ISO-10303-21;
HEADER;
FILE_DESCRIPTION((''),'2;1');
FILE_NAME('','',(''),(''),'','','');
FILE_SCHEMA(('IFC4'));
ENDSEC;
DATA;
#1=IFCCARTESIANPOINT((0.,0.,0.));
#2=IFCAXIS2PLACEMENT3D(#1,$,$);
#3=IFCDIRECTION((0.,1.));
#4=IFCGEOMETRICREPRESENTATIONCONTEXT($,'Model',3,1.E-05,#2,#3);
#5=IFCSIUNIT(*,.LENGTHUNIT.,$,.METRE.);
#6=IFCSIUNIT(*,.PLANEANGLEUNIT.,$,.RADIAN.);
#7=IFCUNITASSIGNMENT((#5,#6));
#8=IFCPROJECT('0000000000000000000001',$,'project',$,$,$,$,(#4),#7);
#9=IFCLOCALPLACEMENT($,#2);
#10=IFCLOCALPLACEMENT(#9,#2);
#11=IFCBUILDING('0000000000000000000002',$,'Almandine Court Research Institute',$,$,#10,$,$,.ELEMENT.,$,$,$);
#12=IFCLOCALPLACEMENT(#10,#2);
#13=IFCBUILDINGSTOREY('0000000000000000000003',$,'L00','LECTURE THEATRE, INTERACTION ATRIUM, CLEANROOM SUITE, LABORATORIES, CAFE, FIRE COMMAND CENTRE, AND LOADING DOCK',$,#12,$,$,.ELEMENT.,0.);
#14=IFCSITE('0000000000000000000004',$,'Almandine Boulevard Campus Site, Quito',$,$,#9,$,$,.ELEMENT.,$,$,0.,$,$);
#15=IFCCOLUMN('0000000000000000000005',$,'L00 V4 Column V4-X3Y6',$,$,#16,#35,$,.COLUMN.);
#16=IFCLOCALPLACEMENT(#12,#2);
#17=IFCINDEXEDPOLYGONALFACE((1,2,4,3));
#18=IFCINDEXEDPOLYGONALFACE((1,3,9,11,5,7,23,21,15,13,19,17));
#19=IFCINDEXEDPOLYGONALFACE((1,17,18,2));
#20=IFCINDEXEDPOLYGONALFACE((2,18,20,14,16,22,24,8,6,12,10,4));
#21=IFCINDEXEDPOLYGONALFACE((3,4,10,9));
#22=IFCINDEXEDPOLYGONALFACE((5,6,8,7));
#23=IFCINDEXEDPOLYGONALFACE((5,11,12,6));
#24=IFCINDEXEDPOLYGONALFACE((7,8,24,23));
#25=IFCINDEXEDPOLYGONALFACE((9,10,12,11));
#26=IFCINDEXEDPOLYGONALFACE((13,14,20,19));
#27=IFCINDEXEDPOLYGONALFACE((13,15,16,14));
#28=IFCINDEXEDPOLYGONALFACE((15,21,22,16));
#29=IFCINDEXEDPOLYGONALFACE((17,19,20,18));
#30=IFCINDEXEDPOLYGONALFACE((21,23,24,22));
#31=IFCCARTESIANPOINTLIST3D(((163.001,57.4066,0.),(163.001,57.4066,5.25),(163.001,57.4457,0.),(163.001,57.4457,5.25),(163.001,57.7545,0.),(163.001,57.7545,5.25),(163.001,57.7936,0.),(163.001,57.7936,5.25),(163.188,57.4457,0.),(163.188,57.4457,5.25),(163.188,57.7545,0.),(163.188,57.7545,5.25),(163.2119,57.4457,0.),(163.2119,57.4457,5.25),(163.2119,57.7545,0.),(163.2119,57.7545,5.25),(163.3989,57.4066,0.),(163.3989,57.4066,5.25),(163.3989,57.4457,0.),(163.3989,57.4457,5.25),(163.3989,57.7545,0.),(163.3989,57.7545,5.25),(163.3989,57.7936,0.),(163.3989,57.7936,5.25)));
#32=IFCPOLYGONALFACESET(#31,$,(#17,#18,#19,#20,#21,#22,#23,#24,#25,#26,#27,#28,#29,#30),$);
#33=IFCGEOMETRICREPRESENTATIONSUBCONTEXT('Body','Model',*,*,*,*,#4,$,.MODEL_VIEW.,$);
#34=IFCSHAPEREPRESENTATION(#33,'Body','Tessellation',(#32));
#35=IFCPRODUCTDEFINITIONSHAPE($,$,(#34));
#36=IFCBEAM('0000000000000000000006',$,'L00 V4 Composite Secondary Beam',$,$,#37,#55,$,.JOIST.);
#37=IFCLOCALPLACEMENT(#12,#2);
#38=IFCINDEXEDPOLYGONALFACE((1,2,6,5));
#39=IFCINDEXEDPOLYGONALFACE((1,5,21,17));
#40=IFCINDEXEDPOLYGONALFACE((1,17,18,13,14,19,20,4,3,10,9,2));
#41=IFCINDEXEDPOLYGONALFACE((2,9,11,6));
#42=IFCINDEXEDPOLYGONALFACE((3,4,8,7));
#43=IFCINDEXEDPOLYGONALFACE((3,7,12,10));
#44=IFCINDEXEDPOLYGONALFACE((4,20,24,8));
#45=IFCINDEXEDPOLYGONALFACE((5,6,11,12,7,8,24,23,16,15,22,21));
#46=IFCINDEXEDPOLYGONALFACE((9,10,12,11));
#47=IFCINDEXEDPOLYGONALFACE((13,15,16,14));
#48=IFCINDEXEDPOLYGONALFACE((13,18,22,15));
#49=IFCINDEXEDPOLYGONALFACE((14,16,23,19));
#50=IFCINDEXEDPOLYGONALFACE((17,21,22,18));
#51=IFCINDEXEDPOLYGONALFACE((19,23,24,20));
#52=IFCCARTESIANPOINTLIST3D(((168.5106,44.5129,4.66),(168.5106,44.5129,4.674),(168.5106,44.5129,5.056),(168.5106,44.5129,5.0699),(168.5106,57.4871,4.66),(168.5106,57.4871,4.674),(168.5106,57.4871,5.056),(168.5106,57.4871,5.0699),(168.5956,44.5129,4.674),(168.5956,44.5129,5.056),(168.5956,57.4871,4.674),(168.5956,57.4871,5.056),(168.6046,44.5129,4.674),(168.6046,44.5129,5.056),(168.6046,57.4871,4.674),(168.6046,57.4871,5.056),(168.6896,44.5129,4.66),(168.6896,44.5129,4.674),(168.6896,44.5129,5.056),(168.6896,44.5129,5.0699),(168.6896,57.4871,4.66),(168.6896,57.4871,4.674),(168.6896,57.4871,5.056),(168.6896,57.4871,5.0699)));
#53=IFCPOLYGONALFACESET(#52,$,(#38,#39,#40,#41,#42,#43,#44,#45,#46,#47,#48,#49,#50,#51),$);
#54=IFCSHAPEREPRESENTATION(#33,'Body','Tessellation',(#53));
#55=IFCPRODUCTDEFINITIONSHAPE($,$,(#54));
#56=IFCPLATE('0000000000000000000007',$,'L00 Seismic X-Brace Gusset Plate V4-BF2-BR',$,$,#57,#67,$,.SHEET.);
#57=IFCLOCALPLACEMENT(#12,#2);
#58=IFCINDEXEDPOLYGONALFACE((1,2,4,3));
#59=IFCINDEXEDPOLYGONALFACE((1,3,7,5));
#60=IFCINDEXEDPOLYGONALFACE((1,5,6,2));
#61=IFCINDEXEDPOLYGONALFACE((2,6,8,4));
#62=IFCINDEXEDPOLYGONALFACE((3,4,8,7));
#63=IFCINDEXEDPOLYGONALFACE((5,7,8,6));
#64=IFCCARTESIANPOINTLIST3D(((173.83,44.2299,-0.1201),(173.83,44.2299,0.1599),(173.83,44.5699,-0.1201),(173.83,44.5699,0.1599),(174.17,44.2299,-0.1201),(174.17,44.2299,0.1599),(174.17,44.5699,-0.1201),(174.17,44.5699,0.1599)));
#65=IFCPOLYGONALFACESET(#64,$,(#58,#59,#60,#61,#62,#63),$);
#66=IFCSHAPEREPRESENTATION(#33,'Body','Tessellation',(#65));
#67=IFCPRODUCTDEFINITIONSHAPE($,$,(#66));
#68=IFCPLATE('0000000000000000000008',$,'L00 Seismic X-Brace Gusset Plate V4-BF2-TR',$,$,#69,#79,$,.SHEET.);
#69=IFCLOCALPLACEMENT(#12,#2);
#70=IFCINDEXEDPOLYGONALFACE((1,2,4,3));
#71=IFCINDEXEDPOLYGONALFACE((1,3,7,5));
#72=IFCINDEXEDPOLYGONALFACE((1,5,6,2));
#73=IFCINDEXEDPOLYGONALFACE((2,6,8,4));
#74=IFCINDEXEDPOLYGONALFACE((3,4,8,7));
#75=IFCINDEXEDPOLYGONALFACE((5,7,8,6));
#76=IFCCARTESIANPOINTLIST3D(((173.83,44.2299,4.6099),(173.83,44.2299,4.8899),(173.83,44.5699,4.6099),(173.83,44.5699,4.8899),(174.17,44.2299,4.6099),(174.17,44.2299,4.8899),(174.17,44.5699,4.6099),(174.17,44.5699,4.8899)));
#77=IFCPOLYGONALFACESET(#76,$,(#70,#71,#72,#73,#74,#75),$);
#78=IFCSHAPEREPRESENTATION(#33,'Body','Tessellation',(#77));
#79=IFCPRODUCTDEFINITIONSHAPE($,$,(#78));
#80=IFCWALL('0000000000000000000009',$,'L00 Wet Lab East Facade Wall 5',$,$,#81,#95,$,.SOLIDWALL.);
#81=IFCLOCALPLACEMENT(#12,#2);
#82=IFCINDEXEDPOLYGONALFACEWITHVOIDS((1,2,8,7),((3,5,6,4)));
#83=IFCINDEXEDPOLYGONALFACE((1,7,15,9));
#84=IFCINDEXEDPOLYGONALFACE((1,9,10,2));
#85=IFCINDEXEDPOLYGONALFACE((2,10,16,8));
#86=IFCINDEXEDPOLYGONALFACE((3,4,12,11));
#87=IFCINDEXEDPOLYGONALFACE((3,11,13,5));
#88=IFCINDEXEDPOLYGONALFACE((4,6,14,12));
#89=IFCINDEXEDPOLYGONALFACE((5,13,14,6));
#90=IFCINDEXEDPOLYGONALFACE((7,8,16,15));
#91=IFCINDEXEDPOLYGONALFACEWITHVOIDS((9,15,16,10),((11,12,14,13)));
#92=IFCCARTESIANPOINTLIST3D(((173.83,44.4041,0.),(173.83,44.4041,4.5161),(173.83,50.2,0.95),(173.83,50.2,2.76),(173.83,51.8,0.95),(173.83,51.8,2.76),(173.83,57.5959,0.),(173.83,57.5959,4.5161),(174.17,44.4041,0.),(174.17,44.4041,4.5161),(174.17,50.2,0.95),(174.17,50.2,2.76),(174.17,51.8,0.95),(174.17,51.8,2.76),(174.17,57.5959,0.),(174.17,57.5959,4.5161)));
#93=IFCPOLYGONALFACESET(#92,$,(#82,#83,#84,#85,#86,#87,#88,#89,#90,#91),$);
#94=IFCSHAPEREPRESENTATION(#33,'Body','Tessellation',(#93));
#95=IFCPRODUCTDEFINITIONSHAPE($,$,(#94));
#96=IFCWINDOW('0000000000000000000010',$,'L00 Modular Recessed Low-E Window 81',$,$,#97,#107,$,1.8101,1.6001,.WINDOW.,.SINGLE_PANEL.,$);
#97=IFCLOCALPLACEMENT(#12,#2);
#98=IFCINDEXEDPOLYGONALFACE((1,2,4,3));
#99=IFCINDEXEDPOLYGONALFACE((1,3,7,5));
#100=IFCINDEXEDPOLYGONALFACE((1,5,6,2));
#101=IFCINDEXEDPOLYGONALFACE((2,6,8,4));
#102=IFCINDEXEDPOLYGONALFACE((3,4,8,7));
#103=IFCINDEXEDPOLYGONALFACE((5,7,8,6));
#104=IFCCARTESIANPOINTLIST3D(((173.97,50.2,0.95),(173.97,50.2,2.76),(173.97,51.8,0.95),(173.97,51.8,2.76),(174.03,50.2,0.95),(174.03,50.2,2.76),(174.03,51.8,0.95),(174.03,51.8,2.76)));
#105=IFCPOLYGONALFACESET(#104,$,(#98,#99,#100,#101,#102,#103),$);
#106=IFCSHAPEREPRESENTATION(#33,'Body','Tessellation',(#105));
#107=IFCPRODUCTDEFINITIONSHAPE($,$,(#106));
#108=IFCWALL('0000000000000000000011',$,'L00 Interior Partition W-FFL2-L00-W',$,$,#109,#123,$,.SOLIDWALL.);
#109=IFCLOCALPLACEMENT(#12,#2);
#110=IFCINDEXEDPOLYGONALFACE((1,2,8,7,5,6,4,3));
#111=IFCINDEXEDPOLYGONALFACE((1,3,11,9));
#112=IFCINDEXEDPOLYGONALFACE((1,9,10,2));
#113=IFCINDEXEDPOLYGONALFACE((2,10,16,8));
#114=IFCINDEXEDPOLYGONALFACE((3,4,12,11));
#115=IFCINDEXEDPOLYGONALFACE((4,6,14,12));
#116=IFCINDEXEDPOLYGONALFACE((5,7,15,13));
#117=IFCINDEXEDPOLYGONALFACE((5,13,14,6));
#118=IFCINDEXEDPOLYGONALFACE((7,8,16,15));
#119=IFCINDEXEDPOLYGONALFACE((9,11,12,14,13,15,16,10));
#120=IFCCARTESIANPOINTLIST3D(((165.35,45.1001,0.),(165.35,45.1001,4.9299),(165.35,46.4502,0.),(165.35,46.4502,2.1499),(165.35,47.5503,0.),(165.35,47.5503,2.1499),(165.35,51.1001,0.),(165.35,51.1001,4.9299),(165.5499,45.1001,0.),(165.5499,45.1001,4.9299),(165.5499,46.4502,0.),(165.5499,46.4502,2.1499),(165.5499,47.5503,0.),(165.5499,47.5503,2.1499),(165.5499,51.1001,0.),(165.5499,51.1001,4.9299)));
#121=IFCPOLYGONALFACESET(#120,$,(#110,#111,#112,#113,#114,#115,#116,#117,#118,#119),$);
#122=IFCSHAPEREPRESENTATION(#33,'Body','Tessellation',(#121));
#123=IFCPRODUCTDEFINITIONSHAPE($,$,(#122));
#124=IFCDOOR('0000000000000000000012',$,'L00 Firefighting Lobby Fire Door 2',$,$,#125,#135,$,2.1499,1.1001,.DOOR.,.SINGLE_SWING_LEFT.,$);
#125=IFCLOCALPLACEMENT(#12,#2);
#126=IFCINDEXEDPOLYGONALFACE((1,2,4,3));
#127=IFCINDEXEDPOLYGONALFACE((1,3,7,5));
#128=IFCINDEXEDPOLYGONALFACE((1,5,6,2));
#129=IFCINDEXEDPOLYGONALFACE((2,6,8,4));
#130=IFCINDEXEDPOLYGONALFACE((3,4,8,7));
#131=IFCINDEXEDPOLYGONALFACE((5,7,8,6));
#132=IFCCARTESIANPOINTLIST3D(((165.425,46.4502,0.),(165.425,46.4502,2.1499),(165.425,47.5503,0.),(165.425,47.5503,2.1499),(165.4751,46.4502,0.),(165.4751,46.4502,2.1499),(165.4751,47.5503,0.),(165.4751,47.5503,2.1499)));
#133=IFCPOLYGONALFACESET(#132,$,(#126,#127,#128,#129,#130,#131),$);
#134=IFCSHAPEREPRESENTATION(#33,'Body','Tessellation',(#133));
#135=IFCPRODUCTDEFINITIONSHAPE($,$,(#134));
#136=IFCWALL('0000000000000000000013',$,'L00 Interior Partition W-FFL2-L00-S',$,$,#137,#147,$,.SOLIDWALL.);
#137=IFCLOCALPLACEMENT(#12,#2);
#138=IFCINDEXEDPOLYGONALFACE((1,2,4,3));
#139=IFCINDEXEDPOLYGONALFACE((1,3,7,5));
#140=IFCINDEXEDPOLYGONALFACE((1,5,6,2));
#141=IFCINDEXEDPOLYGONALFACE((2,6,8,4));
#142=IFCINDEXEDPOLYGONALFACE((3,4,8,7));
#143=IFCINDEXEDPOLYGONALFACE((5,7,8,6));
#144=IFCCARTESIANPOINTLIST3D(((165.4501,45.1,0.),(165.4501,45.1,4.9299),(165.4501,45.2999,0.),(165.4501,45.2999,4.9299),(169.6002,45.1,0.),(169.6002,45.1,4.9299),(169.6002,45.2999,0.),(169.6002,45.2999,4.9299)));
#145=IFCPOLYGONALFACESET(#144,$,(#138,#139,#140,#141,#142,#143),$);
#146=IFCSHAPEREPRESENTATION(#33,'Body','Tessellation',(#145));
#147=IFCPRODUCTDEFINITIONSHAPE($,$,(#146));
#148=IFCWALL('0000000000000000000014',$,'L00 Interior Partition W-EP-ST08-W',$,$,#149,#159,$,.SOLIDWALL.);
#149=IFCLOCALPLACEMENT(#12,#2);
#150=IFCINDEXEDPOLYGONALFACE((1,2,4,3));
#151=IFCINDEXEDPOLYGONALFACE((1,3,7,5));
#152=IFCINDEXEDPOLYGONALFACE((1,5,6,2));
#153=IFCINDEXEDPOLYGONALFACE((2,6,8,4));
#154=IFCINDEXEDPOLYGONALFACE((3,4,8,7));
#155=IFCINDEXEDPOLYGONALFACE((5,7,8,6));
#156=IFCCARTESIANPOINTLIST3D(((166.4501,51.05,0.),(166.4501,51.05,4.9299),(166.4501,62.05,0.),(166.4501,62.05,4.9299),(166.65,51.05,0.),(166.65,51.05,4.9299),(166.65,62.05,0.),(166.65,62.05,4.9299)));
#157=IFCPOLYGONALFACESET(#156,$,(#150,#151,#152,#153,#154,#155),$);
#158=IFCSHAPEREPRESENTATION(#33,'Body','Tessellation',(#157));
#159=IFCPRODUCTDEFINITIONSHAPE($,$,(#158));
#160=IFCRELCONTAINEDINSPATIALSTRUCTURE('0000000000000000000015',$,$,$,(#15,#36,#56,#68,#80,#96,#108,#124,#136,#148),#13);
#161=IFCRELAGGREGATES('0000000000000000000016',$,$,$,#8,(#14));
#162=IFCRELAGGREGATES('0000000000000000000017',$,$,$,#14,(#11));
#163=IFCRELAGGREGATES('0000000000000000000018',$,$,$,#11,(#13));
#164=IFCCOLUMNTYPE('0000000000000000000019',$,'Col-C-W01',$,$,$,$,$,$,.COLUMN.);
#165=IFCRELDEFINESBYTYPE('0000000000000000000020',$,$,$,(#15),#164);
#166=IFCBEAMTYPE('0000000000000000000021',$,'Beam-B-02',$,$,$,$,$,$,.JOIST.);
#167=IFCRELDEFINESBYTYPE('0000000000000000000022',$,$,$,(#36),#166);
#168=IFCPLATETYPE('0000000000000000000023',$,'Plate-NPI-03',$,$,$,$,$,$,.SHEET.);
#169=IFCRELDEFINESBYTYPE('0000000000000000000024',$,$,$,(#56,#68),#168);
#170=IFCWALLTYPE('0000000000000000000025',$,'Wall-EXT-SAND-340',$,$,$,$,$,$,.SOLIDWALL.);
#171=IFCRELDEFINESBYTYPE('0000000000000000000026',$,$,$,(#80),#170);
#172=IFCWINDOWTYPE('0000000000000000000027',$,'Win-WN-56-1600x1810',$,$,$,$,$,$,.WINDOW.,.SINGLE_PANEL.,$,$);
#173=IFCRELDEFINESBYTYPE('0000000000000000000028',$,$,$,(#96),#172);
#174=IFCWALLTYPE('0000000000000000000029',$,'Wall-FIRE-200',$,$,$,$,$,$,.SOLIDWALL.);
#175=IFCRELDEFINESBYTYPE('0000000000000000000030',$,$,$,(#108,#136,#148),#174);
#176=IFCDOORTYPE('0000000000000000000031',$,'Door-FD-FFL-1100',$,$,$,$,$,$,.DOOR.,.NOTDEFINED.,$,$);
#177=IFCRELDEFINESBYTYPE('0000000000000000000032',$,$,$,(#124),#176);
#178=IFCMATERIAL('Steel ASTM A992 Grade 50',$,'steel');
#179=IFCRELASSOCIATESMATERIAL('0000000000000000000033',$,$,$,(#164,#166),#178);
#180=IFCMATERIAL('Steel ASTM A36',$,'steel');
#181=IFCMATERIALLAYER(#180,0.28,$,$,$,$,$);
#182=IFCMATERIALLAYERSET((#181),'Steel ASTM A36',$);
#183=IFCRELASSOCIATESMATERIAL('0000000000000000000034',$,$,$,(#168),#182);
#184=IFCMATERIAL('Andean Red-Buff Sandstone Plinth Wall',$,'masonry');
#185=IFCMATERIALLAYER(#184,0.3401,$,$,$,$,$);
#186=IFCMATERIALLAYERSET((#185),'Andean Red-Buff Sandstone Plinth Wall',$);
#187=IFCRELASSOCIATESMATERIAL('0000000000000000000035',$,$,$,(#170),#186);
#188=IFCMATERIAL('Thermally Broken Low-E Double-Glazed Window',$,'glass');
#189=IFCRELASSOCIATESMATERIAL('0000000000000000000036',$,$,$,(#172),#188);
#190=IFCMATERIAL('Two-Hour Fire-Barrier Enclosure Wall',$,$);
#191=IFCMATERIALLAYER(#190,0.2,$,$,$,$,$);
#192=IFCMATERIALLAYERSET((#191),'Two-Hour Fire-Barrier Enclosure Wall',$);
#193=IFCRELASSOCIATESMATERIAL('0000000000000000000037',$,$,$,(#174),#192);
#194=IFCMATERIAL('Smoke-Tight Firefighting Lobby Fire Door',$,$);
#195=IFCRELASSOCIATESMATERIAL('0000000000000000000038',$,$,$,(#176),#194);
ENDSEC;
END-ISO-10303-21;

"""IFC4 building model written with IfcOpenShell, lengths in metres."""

from ifc_helpers import new_model, si_unit, direction, frame, frame_2d, origin, origin_2d, place, context, subcontext, project, spatial, rectangle, i_section, extrude, material, layer, layer_set, material_profile, profile_set, type_object, element, fill, save


model = new_model("IFC4")

# Units and contexts
model_context = context("Model", 3, precision=1e-05, world=origin(), true_north=direction((0.0, 1.0)))
body_context = subcontext(model_context, "Body", "Model", "MODEL_VIEW")
ifc_project = project(units=[si_unit("LENGTHUNIT", "METRE"), si_unit("PLANEANGLEUNIT", "RADIAN")], contexts=[model_context])

# Site, building, storey
site_placement = place(None, origin())
site = spatial("IfcSite", under=ifc_project, at=site_placement, Name="Almandine Boulevard Campus Site, Quito", CompositionType="ELEMENT", RefElevation=0.0)
building_placement = place(site_placement, origin())
building = spatial("IfcBuilding", under=site, at=building_placement, Name="Almandine Court Research Institute", CompositionType="ELEMENT")
storey_placement = place(building_placement, origin())
storey = spatial("IfcBuildingStorey", under=building, at=storey_placement, Name="L00", Description="LECTURE THEATRE, INTERACTION ATRIUM, CLEANROOM SUITE, LABORATORIES, CAFE, FIRE COMMAND CENTRE, AND LOADING DOCK", CompositionType="ELEMENT", Elevation=0.0)

# Column
ifc_material_1 = material(Name="Steel ASTM A992 Grade 50", Category="steel")
ifc_material_profile_1 = material_profile(ifc_material_1, i_section(OverallWidth=0.3979, OverallDepth=0.387, WebThickness=0.0239, FlangeThickness=0.0391, at=origin_2d()), Name="W360x262")
ifc_profile_set_1 = profile_set([ifc_material_profile_1], Name="Steel ASTM A992 Grade 50")
column_type = type_object("IfcColumnType", Name="Col-C-W01", PredefinedType="COLUMN", material=ifc_profile_set_1)
column_placement = place(storey_placement, frame((163.2, 57.6001, 0.0), z_axis=(0.0, 0.0, 1.0), x_axis=(1.0, 0.0, 0.0)))
element("IfcColumn", 1, at=column_placement, inside=storey, type_object=column_type, Name="L00 V4 Column V4-X3Y6", PredefinedType="COLUMN", context=body_context, shape_type="SweptSolid", body=[
    extrude(i_section(OverallWidth=0.3979, OverallDepth=0.387, WebThickness=0.0239, FlangeThickness=0.0391, at=origin_2d()), origin(), (0.0, 0.0, 1.0), 5.25),
])

# Beam
ifc_material_profile_2 = material_profile(ifc_material_1, i_section(OverallWidth=0.179, OverallDepth=0.4099, WebThickness=0.009, FlangeThickness=0.0139, at=origin_2d()), Name="W410x67")
ifc_profile_set_2 = profile_set([ifc_material_profile_2], Name="Steel ASTM A992 Grade 50")
beam_type = type_object("IfcBeamType", Name="Beam-B-02", PredefinedType="JOIST", material=ifc_profile_set_2)
beam_placement = place(storey_placement, frame((168.6001, 44.5129, 4.865), z_axis=(0.0, 1.0, 0.0), x_axis=(-1.0, 0.0, 0.0)))
element("IfcBeam", 2, at=beam_placement, inside=storey, type_object=beam_type, Name="L00 V4 Composite Secondary Beam", PredefinedType="JOIST", context=body_context, shape_type="SweptSolid", body=[
    extrude(i_section(OverallWidth=0.179, OverallDepth=0.4099, WebThickness=0.009, FlangeThickness=0.0139, at=origin_2d()), origin(), (0.0, 0.0, 1.0), 12.9741),
])

# Plates
ifc_material_2 = material(Name="Steel ASTM A36", Category="steel")
ifc_layer_1 = layer(ifc_material_2, 0.28)
ifc_layer_set_1 = layer_set([ifc_layer_1], Name="Steel ASTM A36")
plate_type = type_object("IfcPlateType", Name="Plate-NPI-03", PredefinedType="SHEET", material=ifc_layer_set_1)
for number, where, z_axis, x_axis, name in (
    (3, (174.0, 44.3999, -0.1201), (0.0, 0.0, 1.0), (1.0, 0.0, 0.0), "L00 Seismic X-Brace Gusset Plate V4-BF2-BR"),
    (4, (174.0, 44.3999, 4.6099), (0.0, 0.0, 1.0), (1.0, 0.0, 0.0), "L00 Seismic X-Brace Gusset Plate V4-BF2-TR"),
):
    element("IfcPlate", number, at=place(storey_placement, frame(where, z_axis=z_axis, x_axis=x_axis)), inside=storey, type_object=plate_type, Name=name, PredefinedType="SHEET", context=body_context, shape_type="SweptSolid", body=[
        extrude(rectangle(XDim=0.3401, YDim=0.3401, at=origin_2d()), origin(), (0.0, 0.0, 1.0), 0.28),
    ])

# Wall, opening, window
ifc_material_3 = material(Name="Andean Red-Buff Sandstone Plinth Wall", Category="masonry")
ifc_layer_2 = layer(ifc_material_3, 0.3401)
ifc_layer_set_2 = layer_set([ifc_layer_2], Name="Andean Red-Buff Sandstone Plinth Wall")
wall_type_1 = type_object("IfcWallType", Name="Wall-EXT-SAND-340", PredefinedType="SOLIDWALL", material=ifc_layer_set_2)
wall_1_placement = place(storey_placement, frame((174.0, 57.5959, 0.0), z_axis=(0.0, 0.0, 1.0), x_axis=(0.0, -1.0, 0.0)))
wall_1 = element("IfcWall", 5, at=wall_1_placement, inside=storey, type_object=wall_type_1, Name="L00 Wet Lab East Facade Wall 5", PredefinedType="SOLIDWALL", context=body_context, shape_type="SweptSolid", body=[
    extrude(rectangle(XDim=13.1919, YDim=0.3401, at=frame_2d((6.5959, 0.0))), origin(), (0.0, 0.0, 1.0), 4.5161),
])
opening_1_placement = place(wall_1_placement, frame((5.7959, 0.0, 0.95)))
opening_1 = element("IfcOpeningElement", 6, at=opening_1_placement, cuts=wall_1, PredefinedType="OPENING", context=body_context, shape_type="SweptSolid", body=[
    extrude(rectangle(XDim=1.6001, YDim=1.8101, at=frame_2d((0.8, 0.905))), frame((0.0, 0.1799, 0.0), z_axis=(0.0, -1.0, 0.0), x_axis=(1.0, 0.0, 0.0)), (0.0, 0.0, 1.0), 0.3601),
])
ifc_material_4 = material(Name="Thermally Broken Low-E Double-Glazed Window", Category="glass")
window_type = type_object("IfcWindowType", Name="Win-WN-56-1600x1810", PartitioningType="SINGLE_PANEL", PredefinedType="WINDOW", material=ifc_material_4)
window_placement = place(opening_1_placement, origin())
window = element("IfcWindow", 7, at=window_placement, inside=storey, type_object=window_type, Name="L00 Modular Recessed Low-E Window 81", OverallHeight=1.8101, OverallWidth=1.6001, PartitioningType="SINGLE_PANEL", PredefinedType="WINDOW", context=body_context, shape_type="SweptSolid", body=[
    extrude(rectangle(XDim=1.6001, YDim=1.8101, at=frame_2d((0.8, 0.905))), frame((0.0, 0.03, 0.0), z_axis=(0.0, -1.0, 0.0), x_axis=(1.0, 0.0, 0.0)), (0.0, 0.0, 1.0), 0.0601),
])
fill(opening_1, window)

# Wall, opening, door
ifc_material_5 = material(Name="Two-Hour Fire-Barrier Enclosure Wall")
ifc_layer_3 = layer(ifc_material_5, 0.2)
ifc_layer_set_3 = layer_set([ifc_layer_3], Name="Two-Hour Fire-Barrier Enclosure Wall")
wall_type_2 = type_object("IfcWallType", Name="Wall-FIRE-200", PredefinedType="SOLIDWALL", material=ifc_layer_set_3)
wall_2_placement = place(storey_placement, frame((165.45, 45.1001, 0.0), z_axis=(0.0, 0.0, 1.0), x_axis=(0.0, 1.0, 0.0)))
wall_2 = element("IfcWall", 8, at=wall_2_placement, inside=storey, type_object=wall_type_2, Name="L00 Interior Partition W-FFL2-L00-W", PredefinedType="SOLIDWALL", context=body_context, shape_type="SweptSolid", body=[
    extrude(rectangle(XDim=6.0, YDim=0.2, at=frame_2d((3.0, 0.0))), origin(), (0.0, 0.0, 1.0), 4.9299),
])
opening_2_placement = place(wall_2_placement, frame((1.3501, 0.0, 0.0)))
opening_2 = element("IfcOpeningElement", 9, at=opening_2_placement, cuts=wall_2, PredefinedType="OPENING", context=body_context, shape_type="SweptSolid", body=[
    extrude(rectangle(XDim=1.1001, YDim=2.1499, at=frame_2d((0.55, 1.075))), frame((0.0, 0.1099, 0.0), z_axis=(0.0, -1.0, 0.0), x_axis=(1.0, 0.0, 0.0)), (0.0, 0.0, 1.0), 0.22),
])
ifc_material_6 = material(Name="Smoke-Tight Firefighting Lobby Fire Door")
door_type_1 = type_object("IfcDoorType", Name="Door-FD-FFL-1100", OperationType="NOTDEFINED", PredefinedType="DOOR", material=ifc_material_6)
door_1_placement = place(opening_2_placement, origin())
door_1 = element("IfcDoor", 10, at=door_1_placement, inside=storey, type_object=door_type_1, Name="L00 Firefighting Lobby Fire Door 2", OperationType="SINGLE_SWING_LEFT", OverallHeight=2.1499, OverallWidth=1.1001, PredefinedType="DOOR", context=body_context, shape_type="SweptSolid", body=[
    extrude(rectangle(XDim=1.1001, YDim=2.1499, at=frame_2d((0.55, 1.075))), frame((0.0, 0.0249, 0.0), z_axis=(0.0, -1.0, 0.0), x_axis=(1.0, 0.0, 0.0)), (0.0, 0.0, 1.0), 0.05),
])
fill(opening_2, door_1)

# Wall
wall_3_placement = place(storey_placement, frame((165.45, 45.2, 0.0), z_axis=(0.0, 0.0, 1.0), x_axis=(1.0, 0.0, 0.0)))
element("IfcWall", 11, at=wall_3_placement, inside=storey, type_object=wall_type_2, Name="L00 Interior Partition W-FFL2-L00-S", PredefinedType="SOLIDWALL", context=body_context, shape_type="SweptSolid", body=[
    extrude(rectangle(XDim=4.1501, YDim=0.2, at=frame_2d((2.0752, 0.0))), origin(), (0.0, 0.0, 1.0), 4.9299),
])

# Wall
wall_4_placement = place(storey_placement, frame((166.55, 51.05, 0.0), z_axis=(0.0, 0.0, 1.0), x_axis=(0.0, 1.0, 0.0)))
element("IfcWall", 12, at=wall_4_placement, inside=storey, type_object=wall_type_2, Name="L00 Interior Partition W-EP-ST08-W", PredefinedType="SOLIDWALL", context=body_context, shape_type="SweptSolid", body=[
    extrude(rectangle(XDim=11.0, YDim=0.2, at=frame_2d((5.5, 0.0))), origin(), (0.0, 0.0, 1.0), 4.9299),
])

save(model, "model.ifc")
